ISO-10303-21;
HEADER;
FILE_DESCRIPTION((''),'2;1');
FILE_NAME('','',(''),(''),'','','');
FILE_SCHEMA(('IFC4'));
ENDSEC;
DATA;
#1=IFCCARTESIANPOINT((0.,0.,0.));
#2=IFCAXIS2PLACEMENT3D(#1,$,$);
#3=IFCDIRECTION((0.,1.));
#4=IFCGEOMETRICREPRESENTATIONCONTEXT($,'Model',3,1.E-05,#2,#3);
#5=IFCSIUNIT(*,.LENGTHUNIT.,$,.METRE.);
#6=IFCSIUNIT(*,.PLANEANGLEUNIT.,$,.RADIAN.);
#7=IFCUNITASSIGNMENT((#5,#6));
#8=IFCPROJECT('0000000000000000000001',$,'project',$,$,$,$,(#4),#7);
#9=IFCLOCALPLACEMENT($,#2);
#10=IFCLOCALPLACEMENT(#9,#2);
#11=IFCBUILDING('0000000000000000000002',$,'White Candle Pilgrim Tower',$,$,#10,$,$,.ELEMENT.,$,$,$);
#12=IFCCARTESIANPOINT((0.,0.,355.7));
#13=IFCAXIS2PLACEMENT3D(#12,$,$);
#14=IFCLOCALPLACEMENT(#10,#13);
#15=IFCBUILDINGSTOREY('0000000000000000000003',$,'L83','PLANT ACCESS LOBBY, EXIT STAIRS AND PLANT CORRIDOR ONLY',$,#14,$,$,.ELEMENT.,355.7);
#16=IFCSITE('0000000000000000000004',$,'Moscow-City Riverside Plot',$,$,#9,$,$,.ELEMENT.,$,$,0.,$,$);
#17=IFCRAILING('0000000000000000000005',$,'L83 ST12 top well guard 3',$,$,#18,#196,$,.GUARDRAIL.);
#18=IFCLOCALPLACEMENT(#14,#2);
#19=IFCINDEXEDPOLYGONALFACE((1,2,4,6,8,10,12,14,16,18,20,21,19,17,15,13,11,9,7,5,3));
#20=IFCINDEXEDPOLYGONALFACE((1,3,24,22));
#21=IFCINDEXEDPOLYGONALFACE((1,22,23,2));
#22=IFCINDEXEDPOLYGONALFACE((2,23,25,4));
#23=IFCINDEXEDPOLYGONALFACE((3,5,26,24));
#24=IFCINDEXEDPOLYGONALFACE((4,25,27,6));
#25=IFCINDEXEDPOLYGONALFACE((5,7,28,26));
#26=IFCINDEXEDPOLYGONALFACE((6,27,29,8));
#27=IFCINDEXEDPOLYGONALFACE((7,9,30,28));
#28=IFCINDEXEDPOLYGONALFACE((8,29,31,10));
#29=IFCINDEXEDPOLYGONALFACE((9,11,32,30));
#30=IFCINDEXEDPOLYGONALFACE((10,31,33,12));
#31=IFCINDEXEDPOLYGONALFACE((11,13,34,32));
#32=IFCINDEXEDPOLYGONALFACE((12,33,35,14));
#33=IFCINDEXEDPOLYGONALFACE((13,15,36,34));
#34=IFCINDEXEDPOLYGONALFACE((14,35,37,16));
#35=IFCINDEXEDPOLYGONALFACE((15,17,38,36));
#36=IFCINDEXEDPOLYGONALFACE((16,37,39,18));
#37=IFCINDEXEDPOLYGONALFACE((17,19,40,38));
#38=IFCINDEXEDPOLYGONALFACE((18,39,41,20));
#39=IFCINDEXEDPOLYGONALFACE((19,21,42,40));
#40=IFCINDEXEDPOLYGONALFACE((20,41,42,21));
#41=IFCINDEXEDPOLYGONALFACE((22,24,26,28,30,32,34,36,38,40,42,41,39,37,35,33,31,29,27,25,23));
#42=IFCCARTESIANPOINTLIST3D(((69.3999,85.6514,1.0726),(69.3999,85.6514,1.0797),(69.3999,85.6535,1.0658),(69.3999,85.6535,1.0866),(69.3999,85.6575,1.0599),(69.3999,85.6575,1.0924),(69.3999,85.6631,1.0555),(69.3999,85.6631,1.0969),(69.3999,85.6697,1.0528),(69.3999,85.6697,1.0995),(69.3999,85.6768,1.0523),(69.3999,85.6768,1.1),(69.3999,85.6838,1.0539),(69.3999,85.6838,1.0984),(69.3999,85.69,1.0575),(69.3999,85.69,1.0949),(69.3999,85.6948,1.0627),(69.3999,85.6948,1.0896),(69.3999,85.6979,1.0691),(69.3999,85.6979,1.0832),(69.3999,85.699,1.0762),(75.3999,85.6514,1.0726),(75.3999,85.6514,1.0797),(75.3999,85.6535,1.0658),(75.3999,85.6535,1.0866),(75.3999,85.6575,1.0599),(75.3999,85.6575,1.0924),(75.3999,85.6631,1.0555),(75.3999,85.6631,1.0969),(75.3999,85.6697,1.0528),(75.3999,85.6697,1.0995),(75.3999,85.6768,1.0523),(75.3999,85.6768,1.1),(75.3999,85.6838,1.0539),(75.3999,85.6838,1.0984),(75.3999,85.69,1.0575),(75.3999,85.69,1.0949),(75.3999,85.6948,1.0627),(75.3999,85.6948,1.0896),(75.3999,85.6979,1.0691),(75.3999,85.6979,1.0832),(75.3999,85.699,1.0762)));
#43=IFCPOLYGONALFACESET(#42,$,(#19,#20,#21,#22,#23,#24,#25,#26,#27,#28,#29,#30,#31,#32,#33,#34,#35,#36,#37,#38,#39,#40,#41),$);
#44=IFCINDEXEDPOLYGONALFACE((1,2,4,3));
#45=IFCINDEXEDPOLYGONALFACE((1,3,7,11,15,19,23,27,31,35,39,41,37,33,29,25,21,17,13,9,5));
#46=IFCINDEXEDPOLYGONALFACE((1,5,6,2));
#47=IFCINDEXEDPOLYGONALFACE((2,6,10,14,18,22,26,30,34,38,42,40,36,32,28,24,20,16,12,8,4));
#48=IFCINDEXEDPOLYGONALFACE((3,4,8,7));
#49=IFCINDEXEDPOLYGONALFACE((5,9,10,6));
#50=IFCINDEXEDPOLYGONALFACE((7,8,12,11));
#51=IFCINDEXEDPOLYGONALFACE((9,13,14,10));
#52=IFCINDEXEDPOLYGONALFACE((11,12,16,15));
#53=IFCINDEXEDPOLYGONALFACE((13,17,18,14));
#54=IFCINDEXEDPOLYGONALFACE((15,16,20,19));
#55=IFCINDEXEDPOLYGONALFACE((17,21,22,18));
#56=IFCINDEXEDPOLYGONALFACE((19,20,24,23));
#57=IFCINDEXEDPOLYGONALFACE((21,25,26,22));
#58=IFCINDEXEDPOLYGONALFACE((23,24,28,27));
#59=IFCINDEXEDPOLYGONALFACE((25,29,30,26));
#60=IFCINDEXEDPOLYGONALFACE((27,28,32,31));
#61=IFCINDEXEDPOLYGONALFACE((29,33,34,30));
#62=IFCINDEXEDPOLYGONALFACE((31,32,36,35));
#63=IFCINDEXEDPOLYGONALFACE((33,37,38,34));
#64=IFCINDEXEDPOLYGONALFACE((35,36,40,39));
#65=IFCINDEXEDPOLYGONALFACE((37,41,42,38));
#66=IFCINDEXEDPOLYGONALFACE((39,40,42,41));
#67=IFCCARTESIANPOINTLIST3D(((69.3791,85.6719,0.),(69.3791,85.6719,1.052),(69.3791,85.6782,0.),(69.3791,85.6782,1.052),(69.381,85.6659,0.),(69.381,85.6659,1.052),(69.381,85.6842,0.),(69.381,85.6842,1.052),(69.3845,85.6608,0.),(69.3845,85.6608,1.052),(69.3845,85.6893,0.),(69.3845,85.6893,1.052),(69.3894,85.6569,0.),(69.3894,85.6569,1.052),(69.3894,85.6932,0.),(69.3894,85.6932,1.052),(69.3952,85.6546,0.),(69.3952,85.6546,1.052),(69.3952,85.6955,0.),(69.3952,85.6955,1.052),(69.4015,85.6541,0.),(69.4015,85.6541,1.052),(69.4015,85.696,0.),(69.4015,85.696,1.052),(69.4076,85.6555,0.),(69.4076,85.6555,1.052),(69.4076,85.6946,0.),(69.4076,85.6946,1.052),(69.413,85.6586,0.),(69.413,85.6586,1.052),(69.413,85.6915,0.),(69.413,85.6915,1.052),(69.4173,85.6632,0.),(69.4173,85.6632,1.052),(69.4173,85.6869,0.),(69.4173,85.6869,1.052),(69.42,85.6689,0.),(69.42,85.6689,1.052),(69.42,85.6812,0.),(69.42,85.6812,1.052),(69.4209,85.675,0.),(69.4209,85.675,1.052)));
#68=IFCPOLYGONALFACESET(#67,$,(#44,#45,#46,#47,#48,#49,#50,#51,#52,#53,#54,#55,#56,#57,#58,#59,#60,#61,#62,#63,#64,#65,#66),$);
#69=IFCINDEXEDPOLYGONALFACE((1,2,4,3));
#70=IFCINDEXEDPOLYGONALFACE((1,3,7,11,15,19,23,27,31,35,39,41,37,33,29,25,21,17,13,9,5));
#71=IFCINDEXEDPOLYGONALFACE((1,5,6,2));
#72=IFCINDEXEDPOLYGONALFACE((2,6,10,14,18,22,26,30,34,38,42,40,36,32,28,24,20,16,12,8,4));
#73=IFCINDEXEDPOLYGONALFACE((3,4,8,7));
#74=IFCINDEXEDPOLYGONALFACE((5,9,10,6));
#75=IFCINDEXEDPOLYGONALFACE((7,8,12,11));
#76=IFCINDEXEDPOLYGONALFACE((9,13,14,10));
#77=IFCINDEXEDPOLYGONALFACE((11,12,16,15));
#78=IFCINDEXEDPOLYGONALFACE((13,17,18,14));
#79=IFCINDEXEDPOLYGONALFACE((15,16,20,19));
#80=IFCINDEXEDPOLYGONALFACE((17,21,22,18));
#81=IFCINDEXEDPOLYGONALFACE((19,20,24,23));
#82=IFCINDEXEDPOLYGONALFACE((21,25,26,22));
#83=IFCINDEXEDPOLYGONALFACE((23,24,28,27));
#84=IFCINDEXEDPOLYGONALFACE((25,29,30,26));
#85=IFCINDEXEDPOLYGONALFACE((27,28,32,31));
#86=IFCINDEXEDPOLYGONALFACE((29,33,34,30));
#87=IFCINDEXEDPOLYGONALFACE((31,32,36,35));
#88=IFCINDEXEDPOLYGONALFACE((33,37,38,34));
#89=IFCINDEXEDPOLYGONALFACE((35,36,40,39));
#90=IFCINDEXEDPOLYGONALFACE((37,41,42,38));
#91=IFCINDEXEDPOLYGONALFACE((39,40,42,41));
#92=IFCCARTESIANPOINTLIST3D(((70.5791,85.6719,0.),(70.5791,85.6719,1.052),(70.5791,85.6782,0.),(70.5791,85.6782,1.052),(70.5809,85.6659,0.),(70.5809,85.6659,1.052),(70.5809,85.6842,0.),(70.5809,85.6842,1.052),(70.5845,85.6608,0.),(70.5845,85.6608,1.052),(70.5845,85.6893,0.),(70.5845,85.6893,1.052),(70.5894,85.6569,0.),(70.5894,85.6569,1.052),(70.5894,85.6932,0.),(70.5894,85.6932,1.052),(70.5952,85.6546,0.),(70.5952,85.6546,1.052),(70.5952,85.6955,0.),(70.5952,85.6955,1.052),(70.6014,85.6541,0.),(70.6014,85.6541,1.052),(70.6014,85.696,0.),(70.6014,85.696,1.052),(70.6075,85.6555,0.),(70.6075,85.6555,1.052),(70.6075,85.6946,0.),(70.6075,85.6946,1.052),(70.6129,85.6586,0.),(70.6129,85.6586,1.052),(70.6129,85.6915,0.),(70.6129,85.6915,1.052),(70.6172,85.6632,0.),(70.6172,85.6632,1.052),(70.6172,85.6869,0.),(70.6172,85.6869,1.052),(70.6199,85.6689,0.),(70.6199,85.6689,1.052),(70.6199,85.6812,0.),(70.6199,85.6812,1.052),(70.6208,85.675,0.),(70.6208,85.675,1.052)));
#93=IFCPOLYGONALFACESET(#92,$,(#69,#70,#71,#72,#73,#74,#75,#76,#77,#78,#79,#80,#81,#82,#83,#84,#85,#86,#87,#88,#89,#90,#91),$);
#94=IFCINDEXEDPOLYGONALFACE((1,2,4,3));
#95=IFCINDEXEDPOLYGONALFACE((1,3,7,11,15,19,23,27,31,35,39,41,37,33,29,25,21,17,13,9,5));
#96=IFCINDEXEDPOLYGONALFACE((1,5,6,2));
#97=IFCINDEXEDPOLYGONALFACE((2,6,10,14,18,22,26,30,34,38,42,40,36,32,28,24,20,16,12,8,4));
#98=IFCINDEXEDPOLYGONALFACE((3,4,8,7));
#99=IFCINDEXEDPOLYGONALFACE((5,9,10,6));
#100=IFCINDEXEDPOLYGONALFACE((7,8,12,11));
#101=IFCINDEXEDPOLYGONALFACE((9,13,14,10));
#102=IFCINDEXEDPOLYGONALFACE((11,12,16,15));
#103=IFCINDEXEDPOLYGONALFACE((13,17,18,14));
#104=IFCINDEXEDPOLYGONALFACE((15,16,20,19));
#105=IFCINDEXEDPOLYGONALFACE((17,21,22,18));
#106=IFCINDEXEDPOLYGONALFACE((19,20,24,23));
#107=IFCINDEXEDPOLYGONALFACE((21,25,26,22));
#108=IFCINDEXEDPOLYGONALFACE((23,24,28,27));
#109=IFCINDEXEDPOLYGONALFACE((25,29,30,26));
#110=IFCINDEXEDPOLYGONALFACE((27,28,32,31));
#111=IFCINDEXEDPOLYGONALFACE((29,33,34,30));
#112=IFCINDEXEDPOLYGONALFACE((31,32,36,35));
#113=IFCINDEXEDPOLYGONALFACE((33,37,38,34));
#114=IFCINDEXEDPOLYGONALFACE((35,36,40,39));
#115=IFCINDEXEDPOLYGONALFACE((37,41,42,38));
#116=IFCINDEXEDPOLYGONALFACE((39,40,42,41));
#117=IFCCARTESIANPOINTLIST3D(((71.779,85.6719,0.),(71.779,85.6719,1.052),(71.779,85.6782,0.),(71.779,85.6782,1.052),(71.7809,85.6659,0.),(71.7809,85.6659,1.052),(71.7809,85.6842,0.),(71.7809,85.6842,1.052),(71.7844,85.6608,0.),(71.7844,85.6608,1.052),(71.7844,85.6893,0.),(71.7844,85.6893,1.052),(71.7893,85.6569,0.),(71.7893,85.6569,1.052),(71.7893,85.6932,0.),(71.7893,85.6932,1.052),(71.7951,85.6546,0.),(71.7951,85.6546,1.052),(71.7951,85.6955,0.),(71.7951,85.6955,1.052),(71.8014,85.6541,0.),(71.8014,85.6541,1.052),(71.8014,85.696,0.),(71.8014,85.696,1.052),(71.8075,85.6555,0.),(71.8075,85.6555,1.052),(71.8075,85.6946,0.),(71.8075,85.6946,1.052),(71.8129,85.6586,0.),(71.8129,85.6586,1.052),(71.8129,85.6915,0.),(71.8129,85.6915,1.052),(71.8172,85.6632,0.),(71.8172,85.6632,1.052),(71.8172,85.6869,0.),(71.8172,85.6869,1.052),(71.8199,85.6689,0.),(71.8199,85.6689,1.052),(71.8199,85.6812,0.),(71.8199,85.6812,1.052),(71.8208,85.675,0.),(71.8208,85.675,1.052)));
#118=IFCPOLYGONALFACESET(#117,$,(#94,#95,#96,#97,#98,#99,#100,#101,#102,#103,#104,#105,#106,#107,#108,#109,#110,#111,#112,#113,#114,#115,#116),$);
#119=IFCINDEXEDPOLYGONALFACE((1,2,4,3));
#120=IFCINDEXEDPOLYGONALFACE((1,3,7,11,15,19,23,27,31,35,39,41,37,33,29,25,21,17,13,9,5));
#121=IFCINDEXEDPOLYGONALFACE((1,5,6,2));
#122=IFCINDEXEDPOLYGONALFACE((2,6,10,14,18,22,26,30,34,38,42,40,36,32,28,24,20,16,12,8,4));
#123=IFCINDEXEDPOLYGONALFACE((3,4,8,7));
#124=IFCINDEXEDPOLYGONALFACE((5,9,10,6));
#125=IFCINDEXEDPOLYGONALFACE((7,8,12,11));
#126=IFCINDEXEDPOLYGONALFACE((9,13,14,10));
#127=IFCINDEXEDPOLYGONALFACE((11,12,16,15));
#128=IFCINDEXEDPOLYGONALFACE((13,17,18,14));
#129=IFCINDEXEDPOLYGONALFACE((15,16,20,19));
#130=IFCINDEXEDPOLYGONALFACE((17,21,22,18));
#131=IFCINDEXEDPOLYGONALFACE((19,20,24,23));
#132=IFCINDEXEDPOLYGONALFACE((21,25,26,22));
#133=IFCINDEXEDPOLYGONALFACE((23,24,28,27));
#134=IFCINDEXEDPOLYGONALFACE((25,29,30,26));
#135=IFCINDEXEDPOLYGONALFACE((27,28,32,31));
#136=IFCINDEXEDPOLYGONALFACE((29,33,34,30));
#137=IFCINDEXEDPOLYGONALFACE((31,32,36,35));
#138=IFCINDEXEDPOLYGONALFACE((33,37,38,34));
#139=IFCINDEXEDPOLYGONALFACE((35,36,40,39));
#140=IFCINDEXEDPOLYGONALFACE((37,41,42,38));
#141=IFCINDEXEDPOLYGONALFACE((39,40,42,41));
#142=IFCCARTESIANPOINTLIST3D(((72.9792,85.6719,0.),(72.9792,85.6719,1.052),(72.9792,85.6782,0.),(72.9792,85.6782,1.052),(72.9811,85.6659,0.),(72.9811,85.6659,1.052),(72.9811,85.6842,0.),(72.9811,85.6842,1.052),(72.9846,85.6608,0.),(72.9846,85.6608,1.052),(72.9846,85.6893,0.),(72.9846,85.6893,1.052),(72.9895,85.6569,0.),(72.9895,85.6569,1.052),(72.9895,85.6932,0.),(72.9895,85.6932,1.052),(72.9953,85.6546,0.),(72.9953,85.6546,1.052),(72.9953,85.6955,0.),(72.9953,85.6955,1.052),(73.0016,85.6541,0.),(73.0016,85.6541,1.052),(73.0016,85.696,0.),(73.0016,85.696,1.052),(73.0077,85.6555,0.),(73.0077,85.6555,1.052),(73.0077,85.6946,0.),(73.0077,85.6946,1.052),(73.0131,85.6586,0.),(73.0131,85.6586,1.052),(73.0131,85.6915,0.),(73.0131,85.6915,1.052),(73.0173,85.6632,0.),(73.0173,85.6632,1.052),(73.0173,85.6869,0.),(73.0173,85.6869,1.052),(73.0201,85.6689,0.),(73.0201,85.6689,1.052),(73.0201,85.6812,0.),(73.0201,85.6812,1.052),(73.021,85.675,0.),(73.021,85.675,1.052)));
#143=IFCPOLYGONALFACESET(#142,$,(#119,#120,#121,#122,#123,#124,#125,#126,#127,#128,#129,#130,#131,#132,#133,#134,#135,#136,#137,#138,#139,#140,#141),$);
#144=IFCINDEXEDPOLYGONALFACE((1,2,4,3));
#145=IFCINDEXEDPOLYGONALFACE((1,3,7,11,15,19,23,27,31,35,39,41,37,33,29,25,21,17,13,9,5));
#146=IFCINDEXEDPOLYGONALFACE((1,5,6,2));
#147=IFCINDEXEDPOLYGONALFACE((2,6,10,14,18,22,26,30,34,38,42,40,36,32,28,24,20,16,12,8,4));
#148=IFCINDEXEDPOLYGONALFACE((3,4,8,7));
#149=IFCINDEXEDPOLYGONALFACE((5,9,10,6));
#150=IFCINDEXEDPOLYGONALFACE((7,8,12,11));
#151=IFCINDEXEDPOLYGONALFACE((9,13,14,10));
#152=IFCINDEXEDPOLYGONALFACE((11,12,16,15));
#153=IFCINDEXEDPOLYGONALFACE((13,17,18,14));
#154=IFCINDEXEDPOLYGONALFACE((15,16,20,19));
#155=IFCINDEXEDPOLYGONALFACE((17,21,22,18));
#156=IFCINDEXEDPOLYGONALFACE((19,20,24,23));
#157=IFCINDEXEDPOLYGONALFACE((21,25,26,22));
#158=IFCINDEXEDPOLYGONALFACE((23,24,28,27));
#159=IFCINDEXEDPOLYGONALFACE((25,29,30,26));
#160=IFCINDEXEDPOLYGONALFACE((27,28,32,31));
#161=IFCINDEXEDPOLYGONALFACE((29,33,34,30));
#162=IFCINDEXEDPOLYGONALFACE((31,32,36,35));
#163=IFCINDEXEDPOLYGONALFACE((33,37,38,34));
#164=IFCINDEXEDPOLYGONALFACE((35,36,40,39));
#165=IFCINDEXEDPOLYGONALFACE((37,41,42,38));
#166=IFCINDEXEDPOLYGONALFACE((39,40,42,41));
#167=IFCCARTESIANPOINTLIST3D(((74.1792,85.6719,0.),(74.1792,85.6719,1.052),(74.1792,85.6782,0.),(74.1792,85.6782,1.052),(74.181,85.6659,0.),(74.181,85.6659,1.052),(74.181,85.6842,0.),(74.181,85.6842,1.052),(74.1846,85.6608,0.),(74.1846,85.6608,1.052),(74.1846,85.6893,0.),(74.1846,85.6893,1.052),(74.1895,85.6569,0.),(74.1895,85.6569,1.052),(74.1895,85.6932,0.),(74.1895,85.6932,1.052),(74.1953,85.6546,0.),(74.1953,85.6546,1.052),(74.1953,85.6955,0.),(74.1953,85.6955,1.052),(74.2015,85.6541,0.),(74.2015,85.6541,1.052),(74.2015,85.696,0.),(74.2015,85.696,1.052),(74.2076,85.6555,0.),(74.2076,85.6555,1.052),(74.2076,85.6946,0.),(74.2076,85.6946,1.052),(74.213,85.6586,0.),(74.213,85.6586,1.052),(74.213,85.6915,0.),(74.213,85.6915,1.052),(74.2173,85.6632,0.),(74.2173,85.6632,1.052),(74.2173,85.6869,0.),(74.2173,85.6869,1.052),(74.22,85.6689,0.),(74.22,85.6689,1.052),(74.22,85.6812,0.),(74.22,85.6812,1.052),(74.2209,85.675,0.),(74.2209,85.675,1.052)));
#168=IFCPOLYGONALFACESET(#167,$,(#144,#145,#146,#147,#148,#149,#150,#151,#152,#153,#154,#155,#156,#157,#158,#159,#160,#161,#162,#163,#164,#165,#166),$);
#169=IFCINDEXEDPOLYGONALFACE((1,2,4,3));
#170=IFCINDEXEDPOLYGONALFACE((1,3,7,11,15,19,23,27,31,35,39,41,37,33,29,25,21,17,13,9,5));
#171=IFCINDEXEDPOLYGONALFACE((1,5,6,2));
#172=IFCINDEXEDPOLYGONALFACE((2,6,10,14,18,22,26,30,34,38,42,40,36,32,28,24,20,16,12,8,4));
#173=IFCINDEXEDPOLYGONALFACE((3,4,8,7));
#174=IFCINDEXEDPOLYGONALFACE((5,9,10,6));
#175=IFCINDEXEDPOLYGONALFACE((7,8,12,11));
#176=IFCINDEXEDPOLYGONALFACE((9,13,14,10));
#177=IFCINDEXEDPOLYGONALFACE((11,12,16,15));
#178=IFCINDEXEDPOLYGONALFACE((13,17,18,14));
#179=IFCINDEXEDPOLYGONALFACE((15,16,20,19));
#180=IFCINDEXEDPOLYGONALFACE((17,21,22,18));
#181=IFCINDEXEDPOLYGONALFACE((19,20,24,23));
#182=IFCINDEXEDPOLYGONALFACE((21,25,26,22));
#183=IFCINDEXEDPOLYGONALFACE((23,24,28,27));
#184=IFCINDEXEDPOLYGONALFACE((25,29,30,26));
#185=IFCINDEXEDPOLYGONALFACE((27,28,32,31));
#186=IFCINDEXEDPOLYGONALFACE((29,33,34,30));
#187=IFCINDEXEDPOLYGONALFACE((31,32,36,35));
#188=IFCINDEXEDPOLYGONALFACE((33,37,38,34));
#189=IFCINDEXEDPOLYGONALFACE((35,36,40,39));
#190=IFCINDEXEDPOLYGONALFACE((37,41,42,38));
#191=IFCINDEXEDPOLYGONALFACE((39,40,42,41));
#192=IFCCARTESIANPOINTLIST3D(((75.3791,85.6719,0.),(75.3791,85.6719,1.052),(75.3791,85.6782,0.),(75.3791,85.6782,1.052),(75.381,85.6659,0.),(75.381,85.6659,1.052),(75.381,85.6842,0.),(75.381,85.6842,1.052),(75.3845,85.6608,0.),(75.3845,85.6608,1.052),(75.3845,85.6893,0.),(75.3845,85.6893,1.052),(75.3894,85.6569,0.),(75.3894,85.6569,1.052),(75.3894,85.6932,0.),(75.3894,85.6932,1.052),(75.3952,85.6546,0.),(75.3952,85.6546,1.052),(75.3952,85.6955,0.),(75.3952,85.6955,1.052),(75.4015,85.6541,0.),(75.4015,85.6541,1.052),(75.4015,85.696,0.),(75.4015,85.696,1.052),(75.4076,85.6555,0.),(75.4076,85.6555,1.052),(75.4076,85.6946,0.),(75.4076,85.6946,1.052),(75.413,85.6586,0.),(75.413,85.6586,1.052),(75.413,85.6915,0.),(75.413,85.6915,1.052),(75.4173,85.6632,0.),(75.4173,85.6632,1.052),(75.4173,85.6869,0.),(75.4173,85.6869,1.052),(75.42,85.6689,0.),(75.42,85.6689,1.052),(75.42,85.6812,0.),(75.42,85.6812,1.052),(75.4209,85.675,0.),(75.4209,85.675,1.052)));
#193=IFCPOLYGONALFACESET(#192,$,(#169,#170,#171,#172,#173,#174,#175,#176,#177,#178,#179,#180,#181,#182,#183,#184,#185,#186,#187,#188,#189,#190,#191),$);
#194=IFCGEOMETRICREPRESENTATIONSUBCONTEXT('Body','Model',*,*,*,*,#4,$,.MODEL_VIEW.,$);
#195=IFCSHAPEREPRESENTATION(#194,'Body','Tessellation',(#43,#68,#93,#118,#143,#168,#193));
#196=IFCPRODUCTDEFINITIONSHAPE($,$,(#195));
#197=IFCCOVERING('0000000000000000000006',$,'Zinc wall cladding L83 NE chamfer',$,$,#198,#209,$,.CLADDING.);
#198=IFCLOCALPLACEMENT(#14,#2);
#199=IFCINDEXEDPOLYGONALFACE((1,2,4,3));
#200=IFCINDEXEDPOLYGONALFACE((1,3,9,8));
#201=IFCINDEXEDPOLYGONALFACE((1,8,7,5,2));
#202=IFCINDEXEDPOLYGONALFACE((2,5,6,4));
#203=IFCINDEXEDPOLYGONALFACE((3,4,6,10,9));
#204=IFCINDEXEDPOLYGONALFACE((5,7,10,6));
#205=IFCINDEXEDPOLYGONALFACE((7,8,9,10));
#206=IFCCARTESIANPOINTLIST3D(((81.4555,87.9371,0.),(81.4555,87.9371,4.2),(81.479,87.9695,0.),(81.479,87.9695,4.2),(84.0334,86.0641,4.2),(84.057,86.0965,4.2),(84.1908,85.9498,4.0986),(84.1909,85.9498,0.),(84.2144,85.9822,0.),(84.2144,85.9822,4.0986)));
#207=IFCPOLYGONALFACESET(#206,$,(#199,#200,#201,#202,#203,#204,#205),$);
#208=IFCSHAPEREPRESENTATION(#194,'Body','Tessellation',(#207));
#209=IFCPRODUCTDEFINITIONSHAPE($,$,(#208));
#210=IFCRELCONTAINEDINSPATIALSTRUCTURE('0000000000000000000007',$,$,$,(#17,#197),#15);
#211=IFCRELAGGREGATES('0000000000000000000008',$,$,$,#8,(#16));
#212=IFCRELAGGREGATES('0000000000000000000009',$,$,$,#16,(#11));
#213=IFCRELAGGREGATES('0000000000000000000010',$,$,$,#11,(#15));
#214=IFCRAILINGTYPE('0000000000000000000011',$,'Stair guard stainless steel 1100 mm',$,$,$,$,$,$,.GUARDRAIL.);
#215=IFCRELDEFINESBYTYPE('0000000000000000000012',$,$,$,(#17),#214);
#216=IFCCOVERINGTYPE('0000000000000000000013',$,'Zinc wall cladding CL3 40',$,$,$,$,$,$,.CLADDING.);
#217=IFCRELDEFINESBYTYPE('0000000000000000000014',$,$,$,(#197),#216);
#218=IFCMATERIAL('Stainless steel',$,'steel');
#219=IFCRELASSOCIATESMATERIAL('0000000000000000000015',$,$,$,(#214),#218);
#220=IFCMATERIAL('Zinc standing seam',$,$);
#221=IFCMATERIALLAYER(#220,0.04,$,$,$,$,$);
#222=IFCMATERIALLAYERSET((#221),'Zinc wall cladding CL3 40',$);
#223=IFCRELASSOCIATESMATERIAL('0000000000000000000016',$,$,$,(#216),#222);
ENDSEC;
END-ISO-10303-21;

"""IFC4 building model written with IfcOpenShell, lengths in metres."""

from ifc_helpers import new_model, si_unit, direction, frame, origin, origin_2d, place, context, subcontext, project, spatial, polyline, circle, outline, extrude, material, layer, layer_set, type_object, element, save


model = new_model("IFC4")

# Units and contexts
model_context = context("Model", 3, precision=1e-05, world=origin(), true_north=direction((0.0, 1.0)))
body_context = subcontext(model_context, "Body", "Model", "MODEL_VIEW")
ifc_project = project(units=[si_unit("LENGTHUNIT", "METRE"), si_unit("PLANEANGLEUNIT", "RADIAN")], contexts=[model_context])

# Site, building, storey
site_placement = place(None, origin())
site = spatial("IfcSite", under=ifc_project, at=site_placement, Name="Moscow-City Riverside Plot", CompositionType="ELEMENT", RefElevation=0.0)
building_placement = place(site_placement, origin())
building = spatial("IfcBuilding", under=site, at=building_placement, Name="White Candle Pilgrim Tower", CompositionType="ELEMENT")
storey_placement = place(building_placement, frame((0.0, 0.0, 355.7)))
storey = spatial("IfcBuildingStorey", under=building, at=storey_placement, Name="L83", Description="PLANT ACCESS LOBBY, EXIT STAIRS AND PLANT CORRIDOR ONLY", CompositionType="ELEMENT", Elevation=355.7)

# Shared definitions
ifc_material_1 = material(Name="Stainless steel", Category="steel")

# Shared definitions
ifc_material_2 = material(Name="Zinc standing seam")

# Railing
railing_type = type_object("IfcRailingType", Name="Stair guard stainless steel 1100 mm", PredefinedType="GUARDRAIL", material=ifc_material_1)
railing_1_placement = place(storey_placement, frame((69.3999, 85.675, 0.0)))
element("IfcRailing", 1, at=railing_1_placement, inside=storey, type_object=railing_type, Name="L83 ST12 top well guard 3", PredefinedType="GUARDRAIL", context=body_context, shape_type="SweptSolid", body=[
    extrude(circle(Radius=0.0239, at=origin_2d()), frame((0.0, 0.0, 1.0762), z_axis=(1.0, 0.0, 0.0), x_axis=(0.0, 1.0, 0.0)), (0.0, 0.0, 1.0), 6.0),
    extrude(circle(Radius=0.021, at=origin_2d()), origin(), (0.0, 0.0, 1.0), 1.052),
    extrude(circle(Radius=0.021, at=origin_2d()), frame((1.2, 0.0, 0.0)), (0.0, 0.0, 1.0), 1.052),
    extrude(circle(Radius=0.021, at=origin_2d()), frame((2.3999, 0.0, 0.0)), (0.0, 0.0, 1.0), 1.052),
    extrude(circle(Radius=0.021, at=origin_2d()), frame((3.6001, 0.0, 0.0)), (0.0, 0.0, 1.0), 1.052),
    extrude(circle(Radius=0.021, at=origin_2d()), frame((4.8, 0.0, 0.0)), (0.0, 0.0, 1.0), 1.052),
    extrude(circle(Radius=0.021, at=origin_2d()), frame((6.0, 0.0, 0.0)), (0.0, 0.0, 1.0), 1.052),
])

# Covering
ifc_layer_1 = layer(ifc_material_2, 0.04)
ifc_layer_set_1 = layer_set([ifc_layer_1], Name="Zinc wall cladding CL3 40")
covering_type_1 = type_object("IfcCoveringType", Name="Zinc wall cladding CL3 40", PredefinedType="CLADDING", material=ifc_layer_set_1)
covering_1_placement = place(storey_placement, frame((84.2144, 85.9822, 4.0986), z_axis=(0.587777, 0.809023, 0.000014), x_axis=(-0.717557, 0.521316, 0.461889)))
element("IfcCovering", 2, at=covering_1_placement, inside=storey, type_object=covering_type_1, Name="Zinc wall cladding L83 NE chamfer", PredefinedType="CLADDING", context=body_context, shape_type="SweptSolid", body=[
    extrude(outline(polyline([(0.0, 0.0), (0.2194, 0.0), (3.0456, -1.4718), (1.1057, -5.1969), (-1.8931, -3.6352), (0.0, 0.0)])), origin(), (0.0, 0.0, -1.0), 0.04),
])

save(model, "model.ifc")
